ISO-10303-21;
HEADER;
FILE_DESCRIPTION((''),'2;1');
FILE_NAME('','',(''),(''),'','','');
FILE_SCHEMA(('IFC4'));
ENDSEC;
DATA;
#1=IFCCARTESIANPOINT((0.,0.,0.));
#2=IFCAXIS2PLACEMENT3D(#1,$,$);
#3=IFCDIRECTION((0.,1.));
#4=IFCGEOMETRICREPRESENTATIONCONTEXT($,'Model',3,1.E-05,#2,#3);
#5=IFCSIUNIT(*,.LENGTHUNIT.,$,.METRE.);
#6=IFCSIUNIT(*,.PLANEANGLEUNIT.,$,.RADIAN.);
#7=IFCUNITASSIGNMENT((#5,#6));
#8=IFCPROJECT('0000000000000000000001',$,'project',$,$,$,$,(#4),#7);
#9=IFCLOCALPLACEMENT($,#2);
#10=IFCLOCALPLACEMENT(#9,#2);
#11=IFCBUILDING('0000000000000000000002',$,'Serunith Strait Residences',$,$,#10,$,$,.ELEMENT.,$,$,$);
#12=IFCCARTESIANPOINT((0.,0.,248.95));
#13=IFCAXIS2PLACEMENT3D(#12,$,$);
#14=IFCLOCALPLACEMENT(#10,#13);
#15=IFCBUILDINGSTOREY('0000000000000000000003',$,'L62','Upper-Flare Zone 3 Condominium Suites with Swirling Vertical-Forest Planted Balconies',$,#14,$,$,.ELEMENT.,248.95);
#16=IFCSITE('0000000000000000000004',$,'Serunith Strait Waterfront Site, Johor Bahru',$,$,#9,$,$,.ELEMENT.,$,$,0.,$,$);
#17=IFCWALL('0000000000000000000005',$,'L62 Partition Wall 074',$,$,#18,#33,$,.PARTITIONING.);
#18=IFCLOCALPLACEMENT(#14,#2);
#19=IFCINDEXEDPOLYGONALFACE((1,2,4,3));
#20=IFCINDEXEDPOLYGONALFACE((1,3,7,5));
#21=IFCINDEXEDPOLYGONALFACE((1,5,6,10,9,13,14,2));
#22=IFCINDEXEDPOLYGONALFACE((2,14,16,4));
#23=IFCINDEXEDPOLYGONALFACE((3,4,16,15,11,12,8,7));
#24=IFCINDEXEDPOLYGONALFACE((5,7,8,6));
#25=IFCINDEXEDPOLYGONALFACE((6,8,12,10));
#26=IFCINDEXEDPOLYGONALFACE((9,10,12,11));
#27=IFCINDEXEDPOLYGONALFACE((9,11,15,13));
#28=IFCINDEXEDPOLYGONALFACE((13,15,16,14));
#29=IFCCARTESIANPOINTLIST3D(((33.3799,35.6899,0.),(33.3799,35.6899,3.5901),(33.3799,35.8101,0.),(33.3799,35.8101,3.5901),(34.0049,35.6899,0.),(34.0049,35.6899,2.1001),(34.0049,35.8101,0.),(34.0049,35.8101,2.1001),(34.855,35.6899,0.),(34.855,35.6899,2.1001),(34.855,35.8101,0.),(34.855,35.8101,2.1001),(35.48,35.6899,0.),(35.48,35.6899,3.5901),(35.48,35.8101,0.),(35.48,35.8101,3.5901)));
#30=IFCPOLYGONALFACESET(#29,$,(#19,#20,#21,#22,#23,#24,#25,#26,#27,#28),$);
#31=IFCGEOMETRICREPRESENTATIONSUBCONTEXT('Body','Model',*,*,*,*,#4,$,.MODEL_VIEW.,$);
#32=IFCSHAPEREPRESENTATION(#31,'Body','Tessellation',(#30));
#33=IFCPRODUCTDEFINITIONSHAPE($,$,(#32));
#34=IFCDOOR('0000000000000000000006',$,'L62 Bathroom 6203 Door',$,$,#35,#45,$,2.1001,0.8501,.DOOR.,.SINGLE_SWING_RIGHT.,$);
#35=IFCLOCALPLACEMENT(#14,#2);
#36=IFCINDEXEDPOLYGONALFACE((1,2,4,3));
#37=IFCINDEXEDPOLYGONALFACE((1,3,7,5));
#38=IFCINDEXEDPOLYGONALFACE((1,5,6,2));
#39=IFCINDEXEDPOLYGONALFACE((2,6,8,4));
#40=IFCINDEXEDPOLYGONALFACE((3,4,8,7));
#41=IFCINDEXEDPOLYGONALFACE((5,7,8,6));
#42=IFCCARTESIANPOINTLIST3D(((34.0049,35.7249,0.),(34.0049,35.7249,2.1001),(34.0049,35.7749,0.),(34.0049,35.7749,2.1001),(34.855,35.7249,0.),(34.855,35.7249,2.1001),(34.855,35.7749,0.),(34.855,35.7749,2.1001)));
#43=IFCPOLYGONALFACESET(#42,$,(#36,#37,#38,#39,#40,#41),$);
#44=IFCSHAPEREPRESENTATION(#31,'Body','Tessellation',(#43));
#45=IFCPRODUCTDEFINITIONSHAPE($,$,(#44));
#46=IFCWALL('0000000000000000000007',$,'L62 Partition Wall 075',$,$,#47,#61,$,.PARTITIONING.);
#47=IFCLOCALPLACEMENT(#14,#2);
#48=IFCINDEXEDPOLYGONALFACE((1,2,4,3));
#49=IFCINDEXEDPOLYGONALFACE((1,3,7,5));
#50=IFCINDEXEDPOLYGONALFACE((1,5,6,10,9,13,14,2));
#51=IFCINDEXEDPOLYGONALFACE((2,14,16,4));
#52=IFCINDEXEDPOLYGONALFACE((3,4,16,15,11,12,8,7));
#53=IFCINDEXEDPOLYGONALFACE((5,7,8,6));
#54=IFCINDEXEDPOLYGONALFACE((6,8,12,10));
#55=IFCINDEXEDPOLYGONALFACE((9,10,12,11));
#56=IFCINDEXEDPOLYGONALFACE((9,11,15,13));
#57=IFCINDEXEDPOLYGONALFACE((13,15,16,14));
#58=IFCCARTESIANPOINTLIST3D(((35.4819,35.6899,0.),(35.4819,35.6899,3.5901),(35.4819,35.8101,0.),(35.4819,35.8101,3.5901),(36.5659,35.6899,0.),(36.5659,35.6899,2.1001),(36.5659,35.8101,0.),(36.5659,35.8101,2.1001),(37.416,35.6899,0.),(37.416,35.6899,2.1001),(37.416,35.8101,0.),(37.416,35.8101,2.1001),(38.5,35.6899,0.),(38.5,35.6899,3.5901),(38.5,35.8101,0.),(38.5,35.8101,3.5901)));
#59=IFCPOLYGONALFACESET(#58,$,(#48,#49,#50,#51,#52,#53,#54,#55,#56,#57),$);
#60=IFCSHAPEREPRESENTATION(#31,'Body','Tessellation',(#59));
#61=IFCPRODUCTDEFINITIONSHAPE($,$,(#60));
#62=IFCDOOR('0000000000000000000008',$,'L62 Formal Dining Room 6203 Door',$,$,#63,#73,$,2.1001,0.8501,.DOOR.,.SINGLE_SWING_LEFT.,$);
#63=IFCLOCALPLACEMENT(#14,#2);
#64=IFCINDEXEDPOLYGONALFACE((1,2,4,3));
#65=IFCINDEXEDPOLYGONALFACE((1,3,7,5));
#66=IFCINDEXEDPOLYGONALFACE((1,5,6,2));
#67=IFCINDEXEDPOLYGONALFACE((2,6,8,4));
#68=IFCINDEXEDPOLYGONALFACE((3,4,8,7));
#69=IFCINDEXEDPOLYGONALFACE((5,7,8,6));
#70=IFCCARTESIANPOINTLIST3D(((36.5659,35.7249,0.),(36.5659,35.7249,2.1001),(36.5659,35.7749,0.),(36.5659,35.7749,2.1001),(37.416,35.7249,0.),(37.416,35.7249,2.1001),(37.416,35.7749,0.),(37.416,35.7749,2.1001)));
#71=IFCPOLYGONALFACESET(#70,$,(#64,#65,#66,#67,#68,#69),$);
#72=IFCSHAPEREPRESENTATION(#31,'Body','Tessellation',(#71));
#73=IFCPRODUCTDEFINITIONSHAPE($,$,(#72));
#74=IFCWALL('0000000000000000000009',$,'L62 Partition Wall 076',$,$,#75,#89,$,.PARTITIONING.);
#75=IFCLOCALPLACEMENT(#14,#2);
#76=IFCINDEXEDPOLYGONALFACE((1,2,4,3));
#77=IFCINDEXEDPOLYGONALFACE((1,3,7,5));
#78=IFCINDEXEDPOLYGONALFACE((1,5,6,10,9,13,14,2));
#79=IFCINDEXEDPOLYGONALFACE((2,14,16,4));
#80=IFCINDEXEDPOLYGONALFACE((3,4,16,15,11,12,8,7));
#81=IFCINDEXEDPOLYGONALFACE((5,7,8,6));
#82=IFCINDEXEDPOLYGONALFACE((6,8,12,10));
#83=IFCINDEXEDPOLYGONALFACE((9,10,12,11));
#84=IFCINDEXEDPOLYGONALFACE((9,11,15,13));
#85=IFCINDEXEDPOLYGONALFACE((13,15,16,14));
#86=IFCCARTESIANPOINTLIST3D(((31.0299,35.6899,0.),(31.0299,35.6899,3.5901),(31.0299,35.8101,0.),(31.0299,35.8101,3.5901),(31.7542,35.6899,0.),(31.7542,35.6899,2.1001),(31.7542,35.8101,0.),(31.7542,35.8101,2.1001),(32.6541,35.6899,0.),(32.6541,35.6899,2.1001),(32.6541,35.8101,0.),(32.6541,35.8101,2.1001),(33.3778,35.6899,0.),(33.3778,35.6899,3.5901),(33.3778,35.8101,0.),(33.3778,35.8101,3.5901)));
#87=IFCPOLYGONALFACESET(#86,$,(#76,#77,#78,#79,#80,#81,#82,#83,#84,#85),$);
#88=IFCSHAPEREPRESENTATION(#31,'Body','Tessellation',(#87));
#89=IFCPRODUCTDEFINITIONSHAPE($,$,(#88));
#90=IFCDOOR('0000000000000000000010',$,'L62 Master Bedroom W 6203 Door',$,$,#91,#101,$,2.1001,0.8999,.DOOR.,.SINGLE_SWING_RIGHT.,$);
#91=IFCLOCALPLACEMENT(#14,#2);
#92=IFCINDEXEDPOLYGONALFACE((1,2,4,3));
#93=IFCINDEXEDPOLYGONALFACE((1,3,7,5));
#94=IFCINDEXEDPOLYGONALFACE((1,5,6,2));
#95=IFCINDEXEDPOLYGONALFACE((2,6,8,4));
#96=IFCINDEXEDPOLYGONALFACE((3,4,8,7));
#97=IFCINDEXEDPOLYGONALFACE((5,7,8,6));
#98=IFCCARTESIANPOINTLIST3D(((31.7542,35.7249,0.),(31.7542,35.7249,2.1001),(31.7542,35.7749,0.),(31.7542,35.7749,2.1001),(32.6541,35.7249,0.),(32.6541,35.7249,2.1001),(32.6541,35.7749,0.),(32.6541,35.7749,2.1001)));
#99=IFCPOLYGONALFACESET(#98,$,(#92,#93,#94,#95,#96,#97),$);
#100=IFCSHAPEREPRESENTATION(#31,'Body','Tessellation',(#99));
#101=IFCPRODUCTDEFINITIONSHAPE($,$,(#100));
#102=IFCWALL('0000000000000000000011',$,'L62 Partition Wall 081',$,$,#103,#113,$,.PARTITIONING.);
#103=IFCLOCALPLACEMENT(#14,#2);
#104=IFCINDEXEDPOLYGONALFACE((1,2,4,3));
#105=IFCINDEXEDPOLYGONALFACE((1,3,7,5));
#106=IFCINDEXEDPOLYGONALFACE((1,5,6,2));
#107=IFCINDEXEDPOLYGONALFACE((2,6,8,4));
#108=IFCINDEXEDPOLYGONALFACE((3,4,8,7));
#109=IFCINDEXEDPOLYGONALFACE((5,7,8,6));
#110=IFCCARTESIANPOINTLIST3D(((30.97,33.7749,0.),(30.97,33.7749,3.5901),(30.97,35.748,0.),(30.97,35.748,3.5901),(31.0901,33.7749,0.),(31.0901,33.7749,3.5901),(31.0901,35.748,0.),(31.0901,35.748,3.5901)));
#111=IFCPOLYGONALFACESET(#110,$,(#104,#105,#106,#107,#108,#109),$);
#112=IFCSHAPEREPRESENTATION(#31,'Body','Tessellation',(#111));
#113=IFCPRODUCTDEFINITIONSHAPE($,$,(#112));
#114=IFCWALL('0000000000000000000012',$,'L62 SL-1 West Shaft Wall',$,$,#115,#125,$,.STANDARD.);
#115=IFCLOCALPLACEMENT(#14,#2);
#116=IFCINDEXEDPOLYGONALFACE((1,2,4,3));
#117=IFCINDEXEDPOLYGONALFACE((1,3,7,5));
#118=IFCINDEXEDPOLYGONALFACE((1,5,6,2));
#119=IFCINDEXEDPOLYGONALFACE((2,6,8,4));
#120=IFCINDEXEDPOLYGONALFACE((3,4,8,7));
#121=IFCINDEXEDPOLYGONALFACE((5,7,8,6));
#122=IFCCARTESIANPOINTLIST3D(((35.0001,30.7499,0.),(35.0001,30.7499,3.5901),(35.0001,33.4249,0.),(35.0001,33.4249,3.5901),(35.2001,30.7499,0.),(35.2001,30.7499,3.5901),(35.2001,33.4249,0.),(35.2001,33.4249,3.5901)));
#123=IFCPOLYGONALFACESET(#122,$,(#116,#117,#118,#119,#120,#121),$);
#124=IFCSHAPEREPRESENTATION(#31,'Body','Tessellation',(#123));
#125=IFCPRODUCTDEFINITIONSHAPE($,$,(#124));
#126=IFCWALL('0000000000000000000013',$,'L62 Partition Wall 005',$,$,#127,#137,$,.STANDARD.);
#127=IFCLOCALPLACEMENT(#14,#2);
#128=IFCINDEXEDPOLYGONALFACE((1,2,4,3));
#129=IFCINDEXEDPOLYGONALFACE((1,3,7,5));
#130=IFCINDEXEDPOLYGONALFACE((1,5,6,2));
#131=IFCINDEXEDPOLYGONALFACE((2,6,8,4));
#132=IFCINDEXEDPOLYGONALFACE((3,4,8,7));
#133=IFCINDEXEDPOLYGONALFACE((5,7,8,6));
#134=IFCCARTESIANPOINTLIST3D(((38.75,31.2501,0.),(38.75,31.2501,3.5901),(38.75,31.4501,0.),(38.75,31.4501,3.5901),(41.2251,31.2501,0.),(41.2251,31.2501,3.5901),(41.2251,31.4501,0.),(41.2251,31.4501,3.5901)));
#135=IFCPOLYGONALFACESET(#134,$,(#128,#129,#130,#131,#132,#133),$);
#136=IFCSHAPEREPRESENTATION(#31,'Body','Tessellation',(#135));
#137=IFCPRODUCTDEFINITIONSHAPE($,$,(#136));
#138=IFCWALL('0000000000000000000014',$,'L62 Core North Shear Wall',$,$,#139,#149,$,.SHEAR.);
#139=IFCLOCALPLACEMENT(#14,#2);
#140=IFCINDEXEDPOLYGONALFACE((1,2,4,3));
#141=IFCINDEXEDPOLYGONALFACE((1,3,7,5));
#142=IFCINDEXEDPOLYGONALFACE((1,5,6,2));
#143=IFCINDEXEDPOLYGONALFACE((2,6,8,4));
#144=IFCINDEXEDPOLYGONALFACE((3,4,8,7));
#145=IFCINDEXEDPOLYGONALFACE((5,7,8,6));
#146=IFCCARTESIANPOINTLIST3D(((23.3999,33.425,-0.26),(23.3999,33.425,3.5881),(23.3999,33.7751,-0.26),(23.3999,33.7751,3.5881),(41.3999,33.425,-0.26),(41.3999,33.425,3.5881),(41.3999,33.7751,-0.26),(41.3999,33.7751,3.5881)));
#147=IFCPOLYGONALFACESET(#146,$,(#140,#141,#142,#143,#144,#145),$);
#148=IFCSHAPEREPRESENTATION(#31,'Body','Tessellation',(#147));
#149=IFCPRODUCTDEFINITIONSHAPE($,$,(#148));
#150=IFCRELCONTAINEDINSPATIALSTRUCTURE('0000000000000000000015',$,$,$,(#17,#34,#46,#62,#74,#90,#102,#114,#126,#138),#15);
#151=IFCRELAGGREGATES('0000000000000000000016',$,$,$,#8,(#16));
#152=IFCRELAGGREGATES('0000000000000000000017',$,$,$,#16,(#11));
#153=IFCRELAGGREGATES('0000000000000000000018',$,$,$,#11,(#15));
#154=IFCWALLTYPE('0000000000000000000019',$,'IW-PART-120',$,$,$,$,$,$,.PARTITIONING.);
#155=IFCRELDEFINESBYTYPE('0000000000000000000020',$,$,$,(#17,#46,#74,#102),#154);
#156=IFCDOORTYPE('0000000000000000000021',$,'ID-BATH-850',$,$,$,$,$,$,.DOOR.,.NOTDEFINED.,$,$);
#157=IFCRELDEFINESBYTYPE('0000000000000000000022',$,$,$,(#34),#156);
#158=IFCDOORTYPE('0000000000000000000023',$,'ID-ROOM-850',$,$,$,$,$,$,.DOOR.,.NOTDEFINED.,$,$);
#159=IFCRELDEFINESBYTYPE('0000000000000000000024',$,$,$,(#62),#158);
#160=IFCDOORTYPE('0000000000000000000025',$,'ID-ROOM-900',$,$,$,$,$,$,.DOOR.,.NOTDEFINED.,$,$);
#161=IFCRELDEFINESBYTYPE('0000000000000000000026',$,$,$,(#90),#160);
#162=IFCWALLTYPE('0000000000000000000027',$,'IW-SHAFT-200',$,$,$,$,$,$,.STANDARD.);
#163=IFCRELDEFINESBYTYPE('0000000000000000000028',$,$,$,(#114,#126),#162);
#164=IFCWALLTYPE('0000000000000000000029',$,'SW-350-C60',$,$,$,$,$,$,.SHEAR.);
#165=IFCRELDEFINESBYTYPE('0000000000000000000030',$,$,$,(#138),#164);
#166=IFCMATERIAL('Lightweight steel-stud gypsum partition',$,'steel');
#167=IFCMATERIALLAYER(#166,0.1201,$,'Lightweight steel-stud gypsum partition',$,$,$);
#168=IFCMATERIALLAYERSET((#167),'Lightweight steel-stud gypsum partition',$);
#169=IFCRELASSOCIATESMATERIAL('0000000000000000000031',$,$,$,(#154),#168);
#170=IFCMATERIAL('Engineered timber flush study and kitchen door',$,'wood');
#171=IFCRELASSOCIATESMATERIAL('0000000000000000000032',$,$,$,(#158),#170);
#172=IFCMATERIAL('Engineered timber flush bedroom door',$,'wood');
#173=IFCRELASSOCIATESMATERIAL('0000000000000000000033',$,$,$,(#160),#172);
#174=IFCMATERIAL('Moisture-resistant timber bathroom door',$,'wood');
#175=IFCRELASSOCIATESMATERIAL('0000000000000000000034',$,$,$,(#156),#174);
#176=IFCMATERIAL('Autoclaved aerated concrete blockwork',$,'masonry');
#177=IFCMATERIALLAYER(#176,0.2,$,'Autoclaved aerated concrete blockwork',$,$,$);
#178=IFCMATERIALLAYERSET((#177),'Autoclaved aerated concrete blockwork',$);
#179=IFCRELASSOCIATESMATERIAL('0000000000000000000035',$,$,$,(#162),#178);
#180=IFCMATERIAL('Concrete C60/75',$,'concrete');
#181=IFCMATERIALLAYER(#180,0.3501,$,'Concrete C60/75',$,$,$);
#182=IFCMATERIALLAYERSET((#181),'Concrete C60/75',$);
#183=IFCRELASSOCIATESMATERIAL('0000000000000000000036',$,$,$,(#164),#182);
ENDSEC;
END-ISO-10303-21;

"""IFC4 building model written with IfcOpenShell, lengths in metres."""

from ifc_helpers import new_model, si_unit, direction, frame, frame_2d, origin, place, context, subcontext, project, spatial, rectangle, extrude, source, transform, mapped, material, layer, layer_set, type_object, element, fill, save


model = new_model("IFC4")

# Units and contexts
model_context = context("Model", 3, precision=1e-05, world=origin(), true_north=direction((0.0, 1.0)))
body_context = subcontext(model_context, "Body", "Model", "MODEL_VIEW")
ifc_project = project(units=[si_unit("LENGTHUNIT", "METRE"), si_unit("PLANEANGLEUNIT", "RADIAN")], contexts=[model_context])

# Site, building, storey
site_placement = place(None, origin())
site = spatial("IfcSite", under=ifc_project, at=site_placement, Name="Serunith Strait Waterfront Site, Johor Bahru", CompositionType="ELEMENT", RefElevation=0.0)
building_placement = place(site_placement, origin())
building = spatial("IfcBuilding", under=site, at=building_placement, Name="Serunith Strait Residences", CompositionType="ELEMENT")
storey_placement = place(building_placement, frame((0.0, 0.0, 248.95)))
storey = spatial("IfcBuildingStorey", under=building, at=storey_placement, Name="L62", Description="Upper-Flare Zone 3 Condominium Suites with Swirling Vertical-Forest Planted Balconies", CompositionType="ELEMENT", Elevation=248.95)

# Walls, openings, doors
shared_shape_1 = source(origin(), body_context, "Body", "SweptSolid", [
    extrude(rectangle(XDim=0.8501, YDim=2.1001, at=frame_2d((0.425, 1.05))), frame((0.0, 0.0249, 0.0), z_axis=(0.0, -1.0, 0.0), x_axis=(1.0, 0.0, 0.0)), (0.0, 0.0, 1.0), 0.05),
])
ifc_material_1 = material(Name="Lightweight steel-stud gypsum partition", Category="steel")
ifc_layer_1 = layer(ifc_material_1, 0.1201, Name="Lightweight steel-stud gypsum partition")
ifc_layer_set_1 = layer_set([ifc_layer_1], Name="Lightweight steel-stud gypsum partition")
wall_type_1 = type_object("IfcWallType", Name="IW-PART-120", PredefinedType="PARTITIONING", material=ifc_layer_set_1)
ifc_material_2 = material(Name="Engineered timber flush study and kitchen door", Category="wood")
door_type_1 = type_object("IfcDoorType", Name="ID-ROOM-850", OperationType="NOTDEFINED", PredefinedType="DOOR", material=ifc_material_2)
ifc_material_3 = material(Name="Engineered timber flush bedroom door", Category="wood")
door_type_2 = type_object("IfcDoorType", Name="ID-ROOM-900", OperationType="NOTDEFINED", PredefinedType="DOOR", material=ifc_material_3)
shared_shape_2 = source(origin(), body_context, "Body", "SweptSolid", [
    extrude(rectangle(XDim=0.8999, YDim=2.1001, at=frame_2d((0.45, 1.05))), frame((0.0, 0.0249, 0.0), z_axis=(0.0, -1.0, 0.0), x_axis=(1.0, 0.0, 0.0)), (0.0, 0.0, 1.0), 0.05),
])
wall_1_placement = place(storey_placement, frame((33.3799, 35.75, 0.0), z_axis=(0.0, 0.0, 1.0), x_axis=(1.0, 0.0, 0.0)))
wall_1 = element("IfcWall", 1, at=wall_1_placement, inside=storey, type_object=wall_type_1, Name="L62 Partition Wall 074", PredefinedType="PARTITIONING", context=body_context, shape_type="SweptSolid", body=[
    extrude(rectangle(XDim=2.1001, YDim=0.1201, at=frame_2d((1.05, 0.0))), origin(), (0.0, 0.0, 1.0), 3.5901),
])
opening_1_placement = place(wall_1_placement, frame((0.625, 0.0, 0.0)))
opening_1 = element("IfcOpeningElement", 2, at=opening_1_placement, cuts=wall_1, PredefinedType="OPENING", context=body_context, shape_type="SweptSolid", body=[
    extrude(rectangle(XDim=0.8501, YDim=2.1001, at=frame_2d((0.425, 1.05))), frame((0.0, 0.0701, 0.0), z_axis=(0.0, -1.0, 0.0), x_axis=(1.0, 0.0, 0.0)), (0.0, 0.0, 1.0), 0.1401),
])
ifc_material_4 = material(Name="Moisture-resistant timber bathroom door", Category="wood")
door_type_3 = type_object("IfcDoorType", Name="ID-BATH-850", OperationType="NOTDEFINED", PredefinedType="DOOR", material=ifc_material_4)
door_1_placement = place(opening_1_placement, origin())
door_1 = element("IfcDoor", 3, at=door_1_placement, inside=storey, type_object=door_type_3, Name="L62 Bathroom 6203 Door", OperationType="SINGLE_SWING_RIGHT", OverallHeight=2.1001, OverallWidth=0.8501, PredefinedType="DOOR", context=body_context, shape_type="MappedRepresentation", body=[
    mapped(shared_shape_1, transform((0.0, 0.0, 0.0), scale=1.0)),
])
fill(opening_1, door_1)
wall_2_placement = place(storey_placement, frame((35.4819, 35.75, 0.0), z_axis=(0.0, 0.0, 1.0), x_axis=(1.0, 0.0, 0.0)))
wall_2 = element("IfcWall", 4, at=wall_2_placement, inside=storey, type_object=wall_type_1, Name="L62 Partition Wall 075", PredefinedType="PARTITIONING", context=body_context, shape_type="SweptSolid", body=[
    extrude(rectangle(XDim=3.0181, YDim=0.1201, at=frame_2d((1.509, 0.0))), origin(), (0.0, 0.0, 1.0), 3.5901),
])
opening_2_placement = place(wall_2_placement, frame((1.084, 0.0, 0.0)))
opening_2 = element("IfcOpeningElement", 5, at=opening_2_placement, cuts=wall_2, PredefinedType="OPENING", context=body_context, shape_type="SweptSolid", body=[
    extrude(rectangle(XDim=0.8501, YDim=2.1001, at=frame_2d((0.425, 1.05))), frame((0.0, 0.0701, 0.0), z_axis=(0.0, -1.0, 0.0), x_axis=(1.0, 0.0, 0.0)), (0.0, 0.0, 1.0), 0.1401),
])
door_2_placement = place(opening_2_placement, origin())
door_2 = element("IfcDoor", 6, at=door_2_placement, inside=storey, type_object=door_type_1, Name="L62 Formal Dining Room 6203 Door", OperationType="SINGLE_SWING_LEFT", OverallHeight=2.1001, OverallWidth=0.8501, PredefinedType="DOOR", context=body_context, shape_type="MappedRepresentation", body=[
    mapped(shared_shape_1, transform((0.0, 0.0, 0.0), scale=1.0)),
])
fill(opening_2, door_2)
wall_3_placement = place(storey_placement, frame((31.03, 35.75, 0.0), z_axis=(0.0, 0.0, 1.0), x_axis=(1.0, 0.0, 0.0)))
wall_3 = element("IfcWall", 7, at=wall_3_placement, inside=storey, type_object=wall_type_1, Name="L62 Partition Wall 076", PredefinedType="PARTITIONING", context=body_context, shape_type="SweptSolid", body=[
    extrude(rectangle(XDim=2.3479, YDim=0.1201, at=frame_2d((1.1738, 0.0))), origin(), (0.0, 0.0, 1.0), 3.5901),
])
opening_3_placement = place(wall_3_placement, frame((0.7241, 0.0, 0.0)))
opening_3 = element("IfcOpeningElement", 8, at=opening_3_placement, cuts=wall_3, PredefinedType="OPENING", context=body_context, shape_type="SweptSolid", body=[
    extrude(rectangle(XDim=0.8999, YDim=2.1001, at=frame_2d((0.45, 1.05))), frame((0.0, 0.0701, 0.0), z_axis=(0.0, -1.0, 0.0), x_axis=(1.0, 0.0, 0.0)), (0.0, 0.0, 1.0), 0.1401),
])
door_3_placement = place(opening_3_placement, origin())
door_3 = element("IfcDoor", 9, at=door_3_placement, inside=storey, type_object=door_type_2, Name="L62 Master Bedroom W 6203 Door", OperationType="SINGLE_SWING_RIGHT", OverallHeight=2.1001, OverallWidth=0.8999, PredefinedType="DOOR", context=body_context, shape_type="MappedRepresentation", body=[
    mapped(shared_shape_2, transform((0.0, 0.0, 0.0), scale=1.0)),
])
fill(opening_3, door_3)

# Walls
wall_4_placement = place(storey_placement, frame((31.03, 35.748, 0.0), z_axis=(0.0, 0.0, 1.0), x_axis=(0.0, -1.0, 0.0)))
element("IfcWall", 10, at=wall_4_placement, inside=storey, type_object=wall_type_1, Name="L62 Partition Wall 081", PredefinedType="PARTITIONING", context=body_context, shape_type="SweptSolid", body=[
    extrude(rectangle(XDim=1.9731, YDim=0.1201, at=frame_2d((0.9866, 0.0))), origin(), (0.0, 0.0, 1.0), 3.5901),
])
ifc_material_5 = material(Name="Autoclaved aerated concrete blockwork", Category="masonry")
ifc_layer_2 = layer(ifc_material_5, 0.2, Name="Autoclaved aerated concrete blockwork")
ifc_layer_set_2 = layer_set([ifc_layer_2], Name="Autoclaved aerated concrete blockwork")
wall_type_2 = type_object("IfcWallType", Name="IW-SHAFT-200", PredefinedType="STANDARD", material=ifc_layer_set_2)
wall_5_placement = place(storey_placement, frame((35.1001, 30.75, 0.0), z_axis=(0.0, 0.0, 1.0), x_axis=(0.0, 1.0, 0.0)))
element("IfcWall", 11, at=wall_5_placement, inside=storey, type_object=wall_type_2, Name="L62 SL-1 West Shaft Wall", PredefinedType="STANDARD", context=body_context, shape_type="SweptSolid", body=[
    extrude(rectangle(XDim=2.675, YDim=0.2, at=frame_2d((1.3374, 0.0))), origin(), (0.0, 0.0, 1.0), 3.5901),
])
wall_6_placement = place(storey_placement, frame((38.75, 31.3501, 0.0), z_axis=(0.0, 0.0, 1.0), x_axis=(1.0, 0.0, 0.0)))
element("IfcWall", 12, at=wall_6_placement, inside=storey, type_object=wall_type_2, Name="L62 Partition Wall 005", PredefinedType="STANDARD", context=body_context, shape_type="SweptSolid", body=[
    extrude(rectangle(XDim=2.4751, YDim=0.2, at=frame_2d((1.2375, 0.0))), origin(), (0.0, 0.0, 1.0), 3.5901),
])
ifc_material_6 = material(Name="Concrete C60/75", Category="concrete")
ifc_layer_3 = layer(ifc_material_6, 0.3501, Name="Concrete C60/75")
ifc_layer_set_3 = layer_set([ifc_layer_3], Name="Concrete C60/75")
wall_type_3 = type_object("IfcWallType", Name="SW-350-C60", PredefinedType="SHEAR", material=ifc_layer_set_3)
wall_7_placement = place(storey_placement, frame((41.3999, 33.6001, -0.26), z_axis=(0.0, 0.0, 1.0), x_axis=(-1.0, 0.0, 0.0)))
element("IfcWall", 13, at=wall_7_placement, inside=storey, type_object=wall_type_3, Name="L62 Core North Shear Wall", PredefinedType="SHEAR", context=body_context, shape_type="SweptSolid", body=[
    extrude(rectangle(XDim=18.0, YDim=0.3501, at=frame_2d((9.0, 0.0))), origin(), (0.0, 0.0, 1.0), 3.8481),
])

save(model, "model.ifc")
